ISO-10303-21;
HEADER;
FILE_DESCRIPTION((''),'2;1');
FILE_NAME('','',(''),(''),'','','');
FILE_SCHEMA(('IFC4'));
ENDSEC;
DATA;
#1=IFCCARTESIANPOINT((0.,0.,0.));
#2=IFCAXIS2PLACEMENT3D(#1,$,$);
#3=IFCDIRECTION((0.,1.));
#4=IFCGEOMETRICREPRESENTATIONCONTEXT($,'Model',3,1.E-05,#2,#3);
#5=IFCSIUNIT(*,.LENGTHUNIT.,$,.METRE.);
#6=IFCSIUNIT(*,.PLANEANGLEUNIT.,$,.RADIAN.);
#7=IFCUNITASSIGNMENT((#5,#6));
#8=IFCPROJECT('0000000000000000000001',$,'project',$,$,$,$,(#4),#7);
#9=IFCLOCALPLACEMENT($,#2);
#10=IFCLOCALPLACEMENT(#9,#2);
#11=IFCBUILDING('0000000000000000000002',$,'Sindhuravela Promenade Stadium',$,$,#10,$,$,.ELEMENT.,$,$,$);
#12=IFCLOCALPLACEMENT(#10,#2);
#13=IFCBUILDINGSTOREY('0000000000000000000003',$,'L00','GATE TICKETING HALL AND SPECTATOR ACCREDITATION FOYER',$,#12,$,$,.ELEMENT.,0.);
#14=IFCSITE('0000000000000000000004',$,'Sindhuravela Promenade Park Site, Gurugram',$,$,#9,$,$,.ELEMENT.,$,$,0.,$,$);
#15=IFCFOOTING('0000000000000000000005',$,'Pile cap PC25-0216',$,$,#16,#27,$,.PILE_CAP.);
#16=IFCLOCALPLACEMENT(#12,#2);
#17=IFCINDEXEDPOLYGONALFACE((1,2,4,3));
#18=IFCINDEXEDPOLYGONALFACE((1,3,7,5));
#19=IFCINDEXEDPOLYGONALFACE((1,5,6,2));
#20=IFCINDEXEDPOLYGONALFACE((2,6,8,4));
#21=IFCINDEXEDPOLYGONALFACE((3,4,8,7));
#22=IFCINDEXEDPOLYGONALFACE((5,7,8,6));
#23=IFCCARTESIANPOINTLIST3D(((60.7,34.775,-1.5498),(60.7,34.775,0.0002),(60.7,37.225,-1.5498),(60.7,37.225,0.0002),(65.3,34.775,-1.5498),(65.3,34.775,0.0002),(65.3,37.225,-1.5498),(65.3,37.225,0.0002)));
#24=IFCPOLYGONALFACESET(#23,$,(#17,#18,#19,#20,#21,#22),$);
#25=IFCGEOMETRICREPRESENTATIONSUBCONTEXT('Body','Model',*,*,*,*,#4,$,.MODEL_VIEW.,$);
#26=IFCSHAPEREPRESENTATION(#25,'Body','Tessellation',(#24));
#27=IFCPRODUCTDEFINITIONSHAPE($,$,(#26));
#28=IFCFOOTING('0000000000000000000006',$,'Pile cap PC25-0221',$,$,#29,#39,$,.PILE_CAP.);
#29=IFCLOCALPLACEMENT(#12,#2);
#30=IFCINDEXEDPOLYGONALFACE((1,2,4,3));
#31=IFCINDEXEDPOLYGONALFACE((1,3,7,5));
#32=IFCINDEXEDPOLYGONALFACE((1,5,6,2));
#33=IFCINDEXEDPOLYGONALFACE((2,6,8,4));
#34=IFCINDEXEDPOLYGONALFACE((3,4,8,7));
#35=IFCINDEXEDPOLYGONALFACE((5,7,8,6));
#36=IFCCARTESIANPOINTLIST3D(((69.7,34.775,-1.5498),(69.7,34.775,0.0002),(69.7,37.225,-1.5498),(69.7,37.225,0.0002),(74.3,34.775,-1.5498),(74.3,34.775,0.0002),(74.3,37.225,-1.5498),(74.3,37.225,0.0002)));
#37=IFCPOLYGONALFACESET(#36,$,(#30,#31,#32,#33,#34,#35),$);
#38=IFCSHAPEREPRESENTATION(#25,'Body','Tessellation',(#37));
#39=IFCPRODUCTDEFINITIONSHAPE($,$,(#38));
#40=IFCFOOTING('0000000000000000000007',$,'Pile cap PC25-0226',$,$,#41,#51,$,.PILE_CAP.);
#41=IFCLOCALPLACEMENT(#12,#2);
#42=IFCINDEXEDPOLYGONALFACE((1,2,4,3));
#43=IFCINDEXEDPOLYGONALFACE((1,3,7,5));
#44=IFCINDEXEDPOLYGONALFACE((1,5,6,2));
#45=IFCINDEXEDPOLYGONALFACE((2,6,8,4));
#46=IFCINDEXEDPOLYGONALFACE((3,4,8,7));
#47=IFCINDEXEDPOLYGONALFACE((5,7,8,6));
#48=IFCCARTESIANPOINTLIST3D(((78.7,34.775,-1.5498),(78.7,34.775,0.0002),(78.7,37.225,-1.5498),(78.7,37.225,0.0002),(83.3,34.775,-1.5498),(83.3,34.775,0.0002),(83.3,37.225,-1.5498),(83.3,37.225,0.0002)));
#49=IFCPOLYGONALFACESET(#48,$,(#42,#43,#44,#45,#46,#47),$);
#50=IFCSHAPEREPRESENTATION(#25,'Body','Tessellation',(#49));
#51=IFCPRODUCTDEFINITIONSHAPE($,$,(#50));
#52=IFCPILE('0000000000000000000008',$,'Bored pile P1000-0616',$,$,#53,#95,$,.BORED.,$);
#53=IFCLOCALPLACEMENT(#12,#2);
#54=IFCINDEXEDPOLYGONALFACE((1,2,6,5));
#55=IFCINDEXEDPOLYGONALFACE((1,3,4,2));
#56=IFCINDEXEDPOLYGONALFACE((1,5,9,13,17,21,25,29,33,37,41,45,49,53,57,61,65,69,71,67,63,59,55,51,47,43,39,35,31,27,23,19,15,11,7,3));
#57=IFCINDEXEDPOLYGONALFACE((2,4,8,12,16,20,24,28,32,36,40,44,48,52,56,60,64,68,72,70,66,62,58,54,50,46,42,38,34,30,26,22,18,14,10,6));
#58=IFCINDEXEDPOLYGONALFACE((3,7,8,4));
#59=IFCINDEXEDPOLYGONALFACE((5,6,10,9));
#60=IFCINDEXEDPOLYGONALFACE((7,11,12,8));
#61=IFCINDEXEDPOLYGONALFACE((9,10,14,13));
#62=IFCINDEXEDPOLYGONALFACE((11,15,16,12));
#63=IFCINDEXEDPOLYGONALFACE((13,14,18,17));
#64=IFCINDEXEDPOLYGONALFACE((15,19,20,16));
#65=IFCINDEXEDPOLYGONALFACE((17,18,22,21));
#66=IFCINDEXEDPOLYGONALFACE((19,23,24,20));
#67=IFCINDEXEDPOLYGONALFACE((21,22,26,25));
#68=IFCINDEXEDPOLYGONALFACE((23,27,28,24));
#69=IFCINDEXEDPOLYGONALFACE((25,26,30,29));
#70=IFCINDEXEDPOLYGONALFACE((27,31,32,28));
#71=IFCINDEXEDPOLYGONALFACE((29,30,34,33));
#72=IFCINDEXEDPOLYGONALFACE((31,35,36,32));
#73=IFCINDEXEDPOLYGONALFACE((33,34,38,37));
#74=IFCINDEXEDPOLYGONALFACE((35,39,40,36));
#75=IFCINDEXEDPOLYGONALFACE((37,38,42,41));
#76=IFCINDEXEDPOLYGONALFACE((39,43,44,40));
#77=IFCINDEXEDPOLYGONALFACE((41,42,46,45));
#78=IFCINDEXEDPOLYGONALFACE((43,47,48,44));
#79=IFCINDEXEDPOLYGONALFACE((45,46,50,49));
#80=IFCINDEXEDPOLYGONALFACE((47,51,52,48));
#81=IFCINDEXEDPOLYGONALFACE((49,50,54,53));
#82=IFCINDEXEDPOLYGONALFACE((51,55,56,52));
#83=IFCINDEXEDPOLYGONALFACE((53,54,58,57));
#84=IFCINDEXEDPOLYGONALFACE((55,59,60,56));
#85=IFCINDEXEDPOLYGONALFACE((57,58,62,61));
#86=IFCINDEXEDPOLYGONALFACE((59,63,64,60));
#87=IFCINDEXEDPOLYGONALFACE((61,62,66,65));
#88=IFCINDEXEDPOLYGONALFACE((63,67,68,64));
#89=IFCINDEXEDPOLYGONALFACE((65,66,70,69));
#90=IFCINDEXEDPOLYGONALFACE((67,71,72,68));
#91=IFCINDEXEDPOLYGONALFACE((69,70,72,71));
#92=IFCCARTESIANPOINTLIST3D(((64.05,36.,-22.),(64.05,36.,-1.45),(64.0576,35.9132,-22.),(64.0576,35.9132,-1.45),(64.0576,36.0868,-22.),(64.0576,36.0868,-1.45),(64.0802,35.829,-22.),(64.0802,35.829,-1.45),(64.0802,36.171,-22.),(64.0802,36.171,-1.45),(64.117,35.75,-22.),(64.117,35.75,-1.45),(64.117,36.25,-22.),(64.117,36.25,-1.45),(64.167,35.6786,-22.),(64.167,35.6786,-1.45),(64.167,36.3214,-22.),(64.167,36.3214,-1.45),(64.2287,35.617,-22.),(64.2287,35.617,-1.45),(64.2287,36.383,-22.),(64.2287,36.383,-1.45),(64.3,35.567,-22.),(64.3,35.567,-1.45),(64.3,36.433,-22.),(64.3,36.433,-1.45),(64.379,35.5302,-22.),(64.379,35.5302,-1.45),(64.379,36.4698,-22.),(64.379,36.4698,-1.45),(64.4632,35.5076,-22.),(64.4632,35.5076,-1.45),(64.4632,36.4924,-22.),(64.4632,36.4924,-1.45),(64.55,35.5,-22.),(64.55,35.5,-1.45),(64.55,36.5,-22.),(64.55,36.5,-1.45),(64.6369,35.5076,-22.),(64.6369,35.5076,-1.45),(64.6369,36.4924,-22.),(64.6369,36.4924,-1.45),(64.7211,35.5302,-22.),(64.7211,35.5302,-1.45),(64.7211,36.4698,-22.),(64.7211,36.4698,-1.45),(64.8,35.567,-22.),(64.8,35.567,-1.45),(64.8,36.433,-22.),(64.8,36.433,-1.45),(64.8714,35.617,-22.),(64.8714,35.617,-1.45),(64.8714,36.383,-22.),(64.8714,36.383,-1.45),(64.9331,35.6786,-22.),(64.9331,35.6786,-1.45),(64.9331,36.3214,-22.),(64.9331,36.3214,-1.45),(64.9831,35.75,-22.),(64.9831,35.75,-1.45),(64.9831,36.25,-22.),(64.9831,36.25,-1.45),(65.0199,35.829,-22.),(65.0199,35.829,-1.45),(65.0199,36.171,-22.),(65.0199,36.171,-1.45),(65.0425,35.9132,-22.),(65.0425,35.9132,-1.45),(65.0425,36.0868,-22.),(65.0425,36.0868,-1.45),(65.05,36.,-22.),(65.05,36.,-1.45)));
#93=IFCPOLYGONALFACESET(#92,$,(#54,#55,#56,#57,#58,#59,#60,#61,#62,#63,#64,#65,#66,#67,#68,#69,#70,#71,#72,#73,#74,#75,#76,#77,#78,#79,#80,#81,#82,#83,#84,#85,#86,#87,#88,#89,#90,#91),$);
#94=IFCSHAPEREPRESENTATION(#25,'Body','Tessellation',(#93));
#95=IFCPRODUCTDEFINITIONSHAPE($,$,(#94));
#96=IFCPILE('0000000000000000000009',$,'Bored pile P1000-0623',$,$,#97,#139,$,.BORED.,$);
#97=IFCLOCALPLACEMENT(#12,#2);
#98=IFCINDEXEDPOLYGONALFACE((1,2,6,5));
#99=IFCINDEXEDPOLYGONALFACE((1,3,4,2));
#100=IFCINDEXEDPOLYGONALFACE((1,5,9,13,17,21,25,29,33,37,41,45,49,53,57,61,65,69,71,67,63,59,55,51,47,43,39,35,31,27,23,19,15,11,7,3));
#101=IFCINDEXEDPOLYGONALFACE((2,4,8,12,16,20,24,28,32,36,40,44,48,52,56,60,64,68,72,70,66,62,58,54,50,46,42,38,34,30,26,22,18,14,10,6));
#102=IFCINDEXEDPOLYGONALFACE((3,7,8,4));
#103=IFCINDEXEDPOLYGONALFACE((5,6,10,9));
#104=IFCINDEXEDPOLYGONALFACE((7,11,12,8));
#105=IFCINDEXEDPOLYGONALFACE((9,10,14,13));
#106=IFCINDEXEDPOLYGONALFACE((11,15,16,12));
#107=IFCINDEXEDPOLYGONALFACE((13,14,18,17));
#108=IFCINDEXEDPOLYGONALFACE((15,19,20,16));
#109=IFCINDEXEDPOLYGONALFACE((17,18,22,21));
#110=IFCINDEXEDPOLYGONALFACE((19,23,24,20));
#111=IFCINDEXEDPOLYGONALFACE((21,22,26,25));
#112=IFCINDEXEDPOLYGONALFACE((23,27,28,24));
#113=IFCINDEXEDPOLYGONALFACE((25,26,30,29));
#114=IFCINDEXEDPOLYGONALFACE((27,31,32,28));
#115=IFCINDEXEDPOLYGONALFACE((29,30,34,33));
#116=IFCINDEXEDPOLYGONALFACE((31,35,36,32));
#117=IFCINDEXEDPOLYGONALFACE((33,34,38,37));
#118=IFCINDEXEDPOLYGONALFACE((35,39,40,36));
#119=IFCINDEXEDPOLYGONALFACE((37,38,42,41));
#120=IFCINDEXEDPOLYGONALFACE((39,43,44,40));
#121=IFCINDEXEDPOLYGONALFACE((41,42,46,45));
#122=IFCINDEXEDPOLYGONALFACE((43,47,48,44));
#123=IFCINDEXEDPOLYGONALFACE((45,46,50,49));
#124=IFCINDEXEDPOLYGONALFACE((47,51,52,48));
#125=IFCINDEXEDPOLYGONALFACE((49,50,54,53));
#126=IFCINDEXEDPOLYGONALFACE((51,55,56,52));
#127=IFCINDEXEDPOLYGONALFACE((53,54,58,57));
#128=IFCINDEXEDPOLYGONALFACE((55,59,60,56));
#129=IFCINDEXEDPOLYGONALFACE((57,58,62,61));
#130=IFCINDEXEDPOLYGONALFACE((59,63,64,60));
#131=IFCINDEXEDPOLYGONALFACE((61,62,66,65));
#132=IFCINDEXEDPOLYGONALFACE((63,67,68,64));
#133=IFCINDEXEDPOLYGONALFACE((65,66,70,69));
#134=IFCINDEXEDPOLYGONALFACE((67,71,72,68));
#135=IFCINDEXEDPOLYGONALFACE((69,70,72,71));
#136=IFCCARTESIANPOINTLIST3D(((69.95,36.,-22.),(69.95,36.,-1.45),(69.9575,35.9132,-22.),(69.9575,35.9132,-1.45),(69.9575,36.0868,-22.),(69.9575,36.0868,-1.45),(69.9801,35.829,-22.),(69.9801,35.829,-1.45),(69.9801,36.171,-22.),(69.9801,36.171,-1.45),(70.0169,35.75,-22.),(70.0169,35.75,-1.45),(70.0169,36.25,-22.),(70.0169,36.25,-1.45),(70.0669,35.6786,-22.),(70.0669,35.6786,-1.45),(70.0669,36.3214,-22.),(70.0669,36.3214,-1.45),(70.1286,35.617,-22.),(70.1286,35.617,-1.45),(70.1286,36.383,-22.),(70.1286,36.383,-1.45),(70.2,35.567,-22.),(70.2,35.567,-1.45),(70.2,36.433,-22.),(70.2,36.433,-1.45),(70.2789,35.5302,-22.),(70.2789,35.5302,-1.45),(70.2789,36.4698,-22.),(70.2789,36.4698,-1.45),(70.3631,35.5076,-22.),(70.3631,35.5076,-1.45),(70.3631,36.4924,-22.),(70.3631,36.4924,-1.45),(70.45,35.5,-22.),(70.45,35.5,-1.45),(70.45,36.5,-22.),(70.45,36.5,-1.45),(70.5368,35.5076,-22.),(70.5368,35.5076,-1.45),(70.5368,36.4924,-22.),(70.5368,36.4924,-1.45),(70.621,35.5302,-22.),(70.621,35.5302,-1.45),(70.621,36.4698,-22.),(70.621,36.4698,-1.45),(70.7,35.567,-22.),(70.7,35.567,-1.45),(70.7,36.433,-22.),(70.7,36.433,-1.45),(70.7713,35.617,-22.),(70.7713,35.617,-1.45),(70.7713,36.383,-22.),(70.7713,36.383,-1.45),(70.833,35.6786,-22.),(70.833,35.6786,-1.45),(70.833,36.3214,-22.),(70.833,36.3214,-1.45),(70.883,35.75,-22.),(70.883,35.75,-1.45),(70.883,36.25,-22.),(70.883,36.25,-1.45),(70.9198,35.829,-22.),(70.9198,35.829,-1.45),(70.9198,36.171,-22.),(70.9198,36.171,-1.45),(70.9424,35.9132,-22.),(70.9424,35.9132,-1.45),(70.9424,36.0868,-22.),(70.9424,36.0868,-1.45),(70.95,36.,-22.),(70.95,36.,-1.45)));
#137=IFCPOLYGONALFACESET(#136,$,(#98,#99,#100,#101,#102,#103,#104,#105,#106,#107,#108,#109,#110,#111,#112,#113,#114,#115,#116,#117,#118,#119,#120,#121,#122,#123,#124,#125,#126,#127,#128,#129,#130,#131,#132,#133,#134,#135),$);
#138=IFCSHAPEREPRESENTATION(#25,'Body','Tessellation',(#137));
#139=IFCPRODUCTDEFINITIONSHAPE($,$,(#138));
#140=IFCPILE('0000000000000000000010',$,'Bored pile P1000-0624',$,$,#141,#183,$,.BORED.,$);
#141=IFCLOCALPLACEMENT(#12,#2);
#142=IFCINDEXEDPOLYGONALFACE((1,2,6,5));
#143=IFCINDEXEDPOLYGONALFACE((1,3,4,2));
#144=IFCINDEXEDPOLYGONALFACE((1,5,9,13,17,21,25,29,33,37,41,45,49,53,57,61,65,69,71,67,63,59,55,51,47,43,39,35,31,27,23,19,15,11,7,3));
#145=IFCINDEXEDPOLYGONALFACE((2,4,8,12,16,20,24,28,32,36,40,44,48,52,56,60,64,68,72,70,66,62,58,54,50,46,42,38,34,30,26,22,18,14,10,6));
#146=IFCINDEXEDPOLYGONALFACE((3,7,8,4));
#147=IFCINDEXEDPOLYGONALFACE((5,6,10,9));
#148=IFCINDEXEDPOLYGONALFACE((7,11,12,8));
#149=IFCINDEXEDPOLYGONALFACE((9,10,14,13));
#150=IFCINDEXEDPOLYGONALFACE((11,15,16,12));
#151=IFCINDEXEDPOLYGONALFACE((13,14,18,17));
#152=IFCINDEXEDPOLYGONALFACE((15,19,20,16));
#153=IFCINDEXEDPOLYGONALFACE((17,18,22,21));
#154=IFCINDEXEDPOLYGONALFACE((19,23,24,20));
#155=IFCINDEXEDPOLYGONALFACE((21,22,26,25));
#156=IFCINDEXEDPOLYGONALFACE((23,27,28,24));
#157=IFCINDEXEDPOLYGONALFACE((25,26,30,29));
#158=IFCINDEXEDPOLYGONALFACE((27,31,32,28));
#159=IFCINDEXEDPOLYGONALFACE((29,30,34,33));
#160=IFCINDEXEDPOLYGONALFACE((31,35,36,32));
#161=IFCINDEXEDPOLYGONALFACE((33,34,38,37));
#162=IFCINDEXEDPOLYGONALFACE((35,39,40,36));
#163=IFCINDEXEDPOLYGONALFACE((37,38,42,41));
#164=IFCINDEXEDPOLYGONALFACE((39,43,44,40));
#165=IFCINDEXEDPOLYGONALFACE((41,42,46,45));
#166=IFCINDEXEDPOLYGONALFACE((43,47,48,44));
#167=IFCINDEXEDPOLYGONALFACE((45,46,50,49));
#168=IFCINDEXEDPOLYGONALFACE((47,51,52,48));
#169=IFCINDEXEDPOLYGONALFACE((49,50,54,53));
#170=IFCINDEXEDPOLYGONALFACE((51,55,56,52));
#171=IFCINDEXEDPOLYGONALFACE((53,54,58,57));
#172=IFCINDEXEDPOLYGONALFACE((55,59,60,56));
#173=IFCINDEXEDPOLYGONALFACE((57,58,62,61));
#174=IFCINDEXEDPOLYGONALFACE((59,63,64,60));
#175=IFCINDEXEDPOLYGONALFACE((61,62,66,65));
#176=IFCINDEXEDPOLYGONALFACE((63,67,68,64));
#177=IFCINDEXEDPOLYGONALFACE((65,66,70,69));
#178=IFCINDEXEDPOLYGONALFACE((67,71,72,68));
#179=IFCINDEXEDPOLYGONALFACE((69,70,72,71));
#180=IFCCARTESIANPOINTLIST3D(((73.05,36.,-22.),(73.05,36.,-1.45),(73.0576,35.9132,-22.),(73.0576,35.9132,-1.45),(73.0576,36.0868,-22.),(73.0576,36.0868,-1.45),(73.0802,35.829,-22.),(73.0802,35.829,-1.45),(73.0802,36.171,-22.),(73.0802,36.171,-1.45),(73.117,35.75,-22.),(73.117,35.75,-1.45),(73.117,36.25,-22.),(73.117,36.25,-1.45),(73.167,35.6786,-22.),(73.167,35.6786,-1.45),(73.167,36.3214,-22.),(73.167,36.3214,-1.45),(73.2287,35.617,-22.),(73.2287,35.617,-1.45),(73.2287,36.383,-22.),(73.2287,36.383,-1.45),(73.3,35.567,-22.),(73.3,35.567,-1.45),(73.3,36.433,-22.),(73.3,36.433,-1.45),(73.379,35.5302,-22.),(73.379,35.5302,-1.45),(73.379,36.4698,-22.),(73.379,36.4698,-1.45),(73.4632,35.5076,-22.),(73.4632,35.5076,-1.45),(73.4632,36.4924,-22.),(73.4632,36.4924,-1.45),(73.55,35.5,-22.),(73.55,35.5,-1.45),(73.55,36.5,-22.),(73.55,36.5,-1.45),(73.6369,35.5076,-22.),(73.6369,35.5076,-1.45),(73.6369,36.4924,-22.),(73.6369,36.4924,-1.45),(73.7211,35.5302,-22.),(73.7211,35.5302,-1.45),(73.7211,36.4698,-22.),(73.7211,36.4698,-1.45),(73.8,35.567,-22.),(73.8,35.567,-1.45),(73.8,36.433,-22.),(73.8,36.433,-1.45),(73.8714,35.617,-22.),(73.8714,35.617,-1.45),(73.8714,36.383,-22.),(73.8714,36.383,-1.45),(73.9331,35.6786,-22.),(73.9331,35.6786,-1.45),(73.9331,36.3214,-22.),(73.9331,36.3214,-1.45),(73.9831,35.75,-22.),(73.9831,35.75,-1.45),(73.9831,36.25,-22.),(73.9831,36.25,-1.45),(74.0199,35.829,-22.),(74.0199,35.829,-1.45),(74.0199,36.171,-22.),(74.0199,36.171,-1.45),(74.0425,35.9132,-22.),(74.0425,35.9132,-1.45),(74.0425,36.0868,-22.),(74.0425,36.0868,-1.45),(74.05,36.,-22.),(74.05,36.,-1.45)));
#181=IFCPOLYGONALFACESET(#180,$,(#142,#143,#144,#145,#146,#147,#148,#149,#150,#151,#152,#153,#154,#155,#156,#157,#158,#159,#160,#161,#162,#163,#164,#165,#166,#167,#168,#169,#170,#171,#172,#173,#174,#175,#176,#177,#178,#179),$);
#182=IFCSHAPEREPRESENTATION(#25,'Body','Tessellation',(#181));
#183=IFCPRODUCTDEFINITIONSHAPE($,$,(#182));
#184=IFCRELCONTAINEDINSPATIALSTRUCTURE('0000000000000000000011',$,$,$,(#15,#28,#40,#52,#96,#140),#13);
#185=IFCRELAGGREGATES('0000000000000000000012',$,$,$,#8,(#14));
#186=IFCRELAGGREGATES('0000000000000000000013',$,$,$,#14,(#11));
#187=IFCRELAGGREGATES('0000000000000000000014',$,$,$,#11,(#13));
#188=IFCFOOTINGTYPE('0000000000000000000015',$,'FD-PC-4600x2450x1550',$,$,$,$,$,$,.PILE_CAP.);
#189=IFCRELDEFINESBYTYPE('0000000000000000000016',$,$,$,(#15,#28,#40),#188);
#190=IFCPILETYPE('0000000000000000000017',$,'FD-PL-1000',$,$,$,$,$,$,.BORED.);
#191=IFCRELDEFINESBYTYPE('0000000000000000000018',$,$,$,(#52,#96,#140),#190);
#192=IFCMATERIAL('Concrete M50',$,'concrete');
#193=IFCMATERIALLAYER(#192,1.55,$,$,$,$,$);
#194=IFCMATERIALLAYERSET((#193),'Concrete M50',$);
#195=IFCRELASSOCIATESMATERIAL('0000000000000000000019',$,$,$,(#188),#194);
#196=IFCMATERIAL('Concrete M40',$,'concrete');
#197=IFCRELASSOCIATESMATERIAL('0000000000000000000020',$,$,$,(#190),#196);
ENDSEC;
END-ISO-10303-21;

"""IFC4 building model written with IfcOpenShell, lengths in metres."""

from ifc_helpers import new_model, si_unit, direction, frame, origin, origin_2d, place, context, subcontext, project, spatial, rectangle, circle, extrude, material, layer, layer_set, material_profile, profile_set, type_object, element, save


model = new_model("IFC4")

# Units and contexts
model_context = context("Model", 3, precision=1e-05, world=origin(), true_north=direction((0.0, 1.0)))
body_context = subcontext(model_context, "Body", "Model", "MODEL_VIEW")
ifc_project = project(units=[si_unit("LENGTHUNIT", "METRE"), si_unit("PLANEANGLEUNIT", "RADIAN")], contexts=[model_context])

# Site, building, storey
site_placement = place(None, origin())
site = spatial("IfcSite", under=ifc_project, at=site_placement, Name="Sindhuravela Promenade Park Site, Gurugram", CompositionType="ELEMENT", RefElevation=0.0)
building_placement = place(site_placement, origin())
building = spatial("IfcBuilding", under=site, at=building_placement, Name="Sindhuravela Promenade Stadium", CompositionType="ELEMENT")
storey_placement = place(building_placement, origin())
storey = spatial("IfcBuildingStorey", under=building, at=storey_placement, Name="L00", Description="GATE TICKETING HALL AND SPECTATOR ACCREDITATION FOYER", CompositionType="ELEMENT", Elevation=0.0)

# Footings
ifc_material_1 = material(Name="Concrete M50", Category="concrete")
ifc_layer_1 = layer(ifc_material_1, 1.55)
ifc_layer_set_1 = layer_set([ifc_layer_1], Name="Concrete M50")
footing_type = type_object("IfcFootingType", Name="FD-PC-4600x2450x1550", PredefinedType="PILE_CAP", material=ifc_layer_set_1)
for number, where, z_axis, x_axis, name in (
    (1, (63.0, 36.0, -1.5498), (0.0, 0.0, 1.0), (1.0, 0.0, 0.0), "Pile cap PC25-0216"),
    (2, (72.0, 36.0, -1.5498), (0.0, 0.0, 1.0), (1.0, 0.0, 0.0), "Pile cap PC25-0221"),
    (3, (81.0, 36.0, -1.5498), (0.0, 0.0, 1.0), (1.0, 0.0, 0.0), "Pile cap PC25-0226"),
):
    element("IfcFooting", number, at=place(storey_placement, frame(where, z_axis=z_axis, x_axis=x_axis)), inside=storey, type_object=footing_type, Name=name, PredefinedType="PILE_CAP", context=body_context, shape_type="SweptSolid", body=[
        extrude(rectangle(XDim=4.6001, YDim=2.45, at=origin_2d()), origin(), (0.0, 0.0, 1.0), 1.55),
    ])

# Piles
ifc_material_2 = material(Name="Concrete M40", Category="concrete")
ifc_material_profile_1 = material_profile(ifc_material_2, circle(Radius=0.5, at=origin_2d()), Name="BORED PILE D1000")
ifc_profile_set_1 = profile_set([ifc_material_profile_1], Name="Concrete M40")
pile_type = type_object("IfcPileType", Name="FD-PL-1000", PredefinedType="BORED", material=ifc_profile_set_1)
for number, where, z_axis, x_axis, name in (
    (4, (64.55, 36.0, -1.45), (0.0, 0.0, -1.0), (1.0, 0.0, 0.0), "Bored pile P1000-0616"),
    (5, (70.45, 36.0, -1.45), (0.0, 0.0, -1.0), (1.0, 0.0, 0.0), "Bored pile P1000-0623"),
    (6, (73.55, 36.0, -1.45), (0.0, 0.0, -1.0), (1.0, 0.0, 0.0), "Bored pile P1000-0624"),
):
    element("IfcPile", number, at=place(storey_placement, frame(where, z_axis=z_axis, x_axis=x_axis)), inside=storey, type_object=pile_type, Name=name, PredefinedType="BORED", context=body_context, shape_type="SweptSolid", body=[
        extrude(circle(Radius=0.5, at=origin_2d()), origin(), (0.0, 0.0, 1.0), 20.55),
    ])

save(model, "model.ifc")
